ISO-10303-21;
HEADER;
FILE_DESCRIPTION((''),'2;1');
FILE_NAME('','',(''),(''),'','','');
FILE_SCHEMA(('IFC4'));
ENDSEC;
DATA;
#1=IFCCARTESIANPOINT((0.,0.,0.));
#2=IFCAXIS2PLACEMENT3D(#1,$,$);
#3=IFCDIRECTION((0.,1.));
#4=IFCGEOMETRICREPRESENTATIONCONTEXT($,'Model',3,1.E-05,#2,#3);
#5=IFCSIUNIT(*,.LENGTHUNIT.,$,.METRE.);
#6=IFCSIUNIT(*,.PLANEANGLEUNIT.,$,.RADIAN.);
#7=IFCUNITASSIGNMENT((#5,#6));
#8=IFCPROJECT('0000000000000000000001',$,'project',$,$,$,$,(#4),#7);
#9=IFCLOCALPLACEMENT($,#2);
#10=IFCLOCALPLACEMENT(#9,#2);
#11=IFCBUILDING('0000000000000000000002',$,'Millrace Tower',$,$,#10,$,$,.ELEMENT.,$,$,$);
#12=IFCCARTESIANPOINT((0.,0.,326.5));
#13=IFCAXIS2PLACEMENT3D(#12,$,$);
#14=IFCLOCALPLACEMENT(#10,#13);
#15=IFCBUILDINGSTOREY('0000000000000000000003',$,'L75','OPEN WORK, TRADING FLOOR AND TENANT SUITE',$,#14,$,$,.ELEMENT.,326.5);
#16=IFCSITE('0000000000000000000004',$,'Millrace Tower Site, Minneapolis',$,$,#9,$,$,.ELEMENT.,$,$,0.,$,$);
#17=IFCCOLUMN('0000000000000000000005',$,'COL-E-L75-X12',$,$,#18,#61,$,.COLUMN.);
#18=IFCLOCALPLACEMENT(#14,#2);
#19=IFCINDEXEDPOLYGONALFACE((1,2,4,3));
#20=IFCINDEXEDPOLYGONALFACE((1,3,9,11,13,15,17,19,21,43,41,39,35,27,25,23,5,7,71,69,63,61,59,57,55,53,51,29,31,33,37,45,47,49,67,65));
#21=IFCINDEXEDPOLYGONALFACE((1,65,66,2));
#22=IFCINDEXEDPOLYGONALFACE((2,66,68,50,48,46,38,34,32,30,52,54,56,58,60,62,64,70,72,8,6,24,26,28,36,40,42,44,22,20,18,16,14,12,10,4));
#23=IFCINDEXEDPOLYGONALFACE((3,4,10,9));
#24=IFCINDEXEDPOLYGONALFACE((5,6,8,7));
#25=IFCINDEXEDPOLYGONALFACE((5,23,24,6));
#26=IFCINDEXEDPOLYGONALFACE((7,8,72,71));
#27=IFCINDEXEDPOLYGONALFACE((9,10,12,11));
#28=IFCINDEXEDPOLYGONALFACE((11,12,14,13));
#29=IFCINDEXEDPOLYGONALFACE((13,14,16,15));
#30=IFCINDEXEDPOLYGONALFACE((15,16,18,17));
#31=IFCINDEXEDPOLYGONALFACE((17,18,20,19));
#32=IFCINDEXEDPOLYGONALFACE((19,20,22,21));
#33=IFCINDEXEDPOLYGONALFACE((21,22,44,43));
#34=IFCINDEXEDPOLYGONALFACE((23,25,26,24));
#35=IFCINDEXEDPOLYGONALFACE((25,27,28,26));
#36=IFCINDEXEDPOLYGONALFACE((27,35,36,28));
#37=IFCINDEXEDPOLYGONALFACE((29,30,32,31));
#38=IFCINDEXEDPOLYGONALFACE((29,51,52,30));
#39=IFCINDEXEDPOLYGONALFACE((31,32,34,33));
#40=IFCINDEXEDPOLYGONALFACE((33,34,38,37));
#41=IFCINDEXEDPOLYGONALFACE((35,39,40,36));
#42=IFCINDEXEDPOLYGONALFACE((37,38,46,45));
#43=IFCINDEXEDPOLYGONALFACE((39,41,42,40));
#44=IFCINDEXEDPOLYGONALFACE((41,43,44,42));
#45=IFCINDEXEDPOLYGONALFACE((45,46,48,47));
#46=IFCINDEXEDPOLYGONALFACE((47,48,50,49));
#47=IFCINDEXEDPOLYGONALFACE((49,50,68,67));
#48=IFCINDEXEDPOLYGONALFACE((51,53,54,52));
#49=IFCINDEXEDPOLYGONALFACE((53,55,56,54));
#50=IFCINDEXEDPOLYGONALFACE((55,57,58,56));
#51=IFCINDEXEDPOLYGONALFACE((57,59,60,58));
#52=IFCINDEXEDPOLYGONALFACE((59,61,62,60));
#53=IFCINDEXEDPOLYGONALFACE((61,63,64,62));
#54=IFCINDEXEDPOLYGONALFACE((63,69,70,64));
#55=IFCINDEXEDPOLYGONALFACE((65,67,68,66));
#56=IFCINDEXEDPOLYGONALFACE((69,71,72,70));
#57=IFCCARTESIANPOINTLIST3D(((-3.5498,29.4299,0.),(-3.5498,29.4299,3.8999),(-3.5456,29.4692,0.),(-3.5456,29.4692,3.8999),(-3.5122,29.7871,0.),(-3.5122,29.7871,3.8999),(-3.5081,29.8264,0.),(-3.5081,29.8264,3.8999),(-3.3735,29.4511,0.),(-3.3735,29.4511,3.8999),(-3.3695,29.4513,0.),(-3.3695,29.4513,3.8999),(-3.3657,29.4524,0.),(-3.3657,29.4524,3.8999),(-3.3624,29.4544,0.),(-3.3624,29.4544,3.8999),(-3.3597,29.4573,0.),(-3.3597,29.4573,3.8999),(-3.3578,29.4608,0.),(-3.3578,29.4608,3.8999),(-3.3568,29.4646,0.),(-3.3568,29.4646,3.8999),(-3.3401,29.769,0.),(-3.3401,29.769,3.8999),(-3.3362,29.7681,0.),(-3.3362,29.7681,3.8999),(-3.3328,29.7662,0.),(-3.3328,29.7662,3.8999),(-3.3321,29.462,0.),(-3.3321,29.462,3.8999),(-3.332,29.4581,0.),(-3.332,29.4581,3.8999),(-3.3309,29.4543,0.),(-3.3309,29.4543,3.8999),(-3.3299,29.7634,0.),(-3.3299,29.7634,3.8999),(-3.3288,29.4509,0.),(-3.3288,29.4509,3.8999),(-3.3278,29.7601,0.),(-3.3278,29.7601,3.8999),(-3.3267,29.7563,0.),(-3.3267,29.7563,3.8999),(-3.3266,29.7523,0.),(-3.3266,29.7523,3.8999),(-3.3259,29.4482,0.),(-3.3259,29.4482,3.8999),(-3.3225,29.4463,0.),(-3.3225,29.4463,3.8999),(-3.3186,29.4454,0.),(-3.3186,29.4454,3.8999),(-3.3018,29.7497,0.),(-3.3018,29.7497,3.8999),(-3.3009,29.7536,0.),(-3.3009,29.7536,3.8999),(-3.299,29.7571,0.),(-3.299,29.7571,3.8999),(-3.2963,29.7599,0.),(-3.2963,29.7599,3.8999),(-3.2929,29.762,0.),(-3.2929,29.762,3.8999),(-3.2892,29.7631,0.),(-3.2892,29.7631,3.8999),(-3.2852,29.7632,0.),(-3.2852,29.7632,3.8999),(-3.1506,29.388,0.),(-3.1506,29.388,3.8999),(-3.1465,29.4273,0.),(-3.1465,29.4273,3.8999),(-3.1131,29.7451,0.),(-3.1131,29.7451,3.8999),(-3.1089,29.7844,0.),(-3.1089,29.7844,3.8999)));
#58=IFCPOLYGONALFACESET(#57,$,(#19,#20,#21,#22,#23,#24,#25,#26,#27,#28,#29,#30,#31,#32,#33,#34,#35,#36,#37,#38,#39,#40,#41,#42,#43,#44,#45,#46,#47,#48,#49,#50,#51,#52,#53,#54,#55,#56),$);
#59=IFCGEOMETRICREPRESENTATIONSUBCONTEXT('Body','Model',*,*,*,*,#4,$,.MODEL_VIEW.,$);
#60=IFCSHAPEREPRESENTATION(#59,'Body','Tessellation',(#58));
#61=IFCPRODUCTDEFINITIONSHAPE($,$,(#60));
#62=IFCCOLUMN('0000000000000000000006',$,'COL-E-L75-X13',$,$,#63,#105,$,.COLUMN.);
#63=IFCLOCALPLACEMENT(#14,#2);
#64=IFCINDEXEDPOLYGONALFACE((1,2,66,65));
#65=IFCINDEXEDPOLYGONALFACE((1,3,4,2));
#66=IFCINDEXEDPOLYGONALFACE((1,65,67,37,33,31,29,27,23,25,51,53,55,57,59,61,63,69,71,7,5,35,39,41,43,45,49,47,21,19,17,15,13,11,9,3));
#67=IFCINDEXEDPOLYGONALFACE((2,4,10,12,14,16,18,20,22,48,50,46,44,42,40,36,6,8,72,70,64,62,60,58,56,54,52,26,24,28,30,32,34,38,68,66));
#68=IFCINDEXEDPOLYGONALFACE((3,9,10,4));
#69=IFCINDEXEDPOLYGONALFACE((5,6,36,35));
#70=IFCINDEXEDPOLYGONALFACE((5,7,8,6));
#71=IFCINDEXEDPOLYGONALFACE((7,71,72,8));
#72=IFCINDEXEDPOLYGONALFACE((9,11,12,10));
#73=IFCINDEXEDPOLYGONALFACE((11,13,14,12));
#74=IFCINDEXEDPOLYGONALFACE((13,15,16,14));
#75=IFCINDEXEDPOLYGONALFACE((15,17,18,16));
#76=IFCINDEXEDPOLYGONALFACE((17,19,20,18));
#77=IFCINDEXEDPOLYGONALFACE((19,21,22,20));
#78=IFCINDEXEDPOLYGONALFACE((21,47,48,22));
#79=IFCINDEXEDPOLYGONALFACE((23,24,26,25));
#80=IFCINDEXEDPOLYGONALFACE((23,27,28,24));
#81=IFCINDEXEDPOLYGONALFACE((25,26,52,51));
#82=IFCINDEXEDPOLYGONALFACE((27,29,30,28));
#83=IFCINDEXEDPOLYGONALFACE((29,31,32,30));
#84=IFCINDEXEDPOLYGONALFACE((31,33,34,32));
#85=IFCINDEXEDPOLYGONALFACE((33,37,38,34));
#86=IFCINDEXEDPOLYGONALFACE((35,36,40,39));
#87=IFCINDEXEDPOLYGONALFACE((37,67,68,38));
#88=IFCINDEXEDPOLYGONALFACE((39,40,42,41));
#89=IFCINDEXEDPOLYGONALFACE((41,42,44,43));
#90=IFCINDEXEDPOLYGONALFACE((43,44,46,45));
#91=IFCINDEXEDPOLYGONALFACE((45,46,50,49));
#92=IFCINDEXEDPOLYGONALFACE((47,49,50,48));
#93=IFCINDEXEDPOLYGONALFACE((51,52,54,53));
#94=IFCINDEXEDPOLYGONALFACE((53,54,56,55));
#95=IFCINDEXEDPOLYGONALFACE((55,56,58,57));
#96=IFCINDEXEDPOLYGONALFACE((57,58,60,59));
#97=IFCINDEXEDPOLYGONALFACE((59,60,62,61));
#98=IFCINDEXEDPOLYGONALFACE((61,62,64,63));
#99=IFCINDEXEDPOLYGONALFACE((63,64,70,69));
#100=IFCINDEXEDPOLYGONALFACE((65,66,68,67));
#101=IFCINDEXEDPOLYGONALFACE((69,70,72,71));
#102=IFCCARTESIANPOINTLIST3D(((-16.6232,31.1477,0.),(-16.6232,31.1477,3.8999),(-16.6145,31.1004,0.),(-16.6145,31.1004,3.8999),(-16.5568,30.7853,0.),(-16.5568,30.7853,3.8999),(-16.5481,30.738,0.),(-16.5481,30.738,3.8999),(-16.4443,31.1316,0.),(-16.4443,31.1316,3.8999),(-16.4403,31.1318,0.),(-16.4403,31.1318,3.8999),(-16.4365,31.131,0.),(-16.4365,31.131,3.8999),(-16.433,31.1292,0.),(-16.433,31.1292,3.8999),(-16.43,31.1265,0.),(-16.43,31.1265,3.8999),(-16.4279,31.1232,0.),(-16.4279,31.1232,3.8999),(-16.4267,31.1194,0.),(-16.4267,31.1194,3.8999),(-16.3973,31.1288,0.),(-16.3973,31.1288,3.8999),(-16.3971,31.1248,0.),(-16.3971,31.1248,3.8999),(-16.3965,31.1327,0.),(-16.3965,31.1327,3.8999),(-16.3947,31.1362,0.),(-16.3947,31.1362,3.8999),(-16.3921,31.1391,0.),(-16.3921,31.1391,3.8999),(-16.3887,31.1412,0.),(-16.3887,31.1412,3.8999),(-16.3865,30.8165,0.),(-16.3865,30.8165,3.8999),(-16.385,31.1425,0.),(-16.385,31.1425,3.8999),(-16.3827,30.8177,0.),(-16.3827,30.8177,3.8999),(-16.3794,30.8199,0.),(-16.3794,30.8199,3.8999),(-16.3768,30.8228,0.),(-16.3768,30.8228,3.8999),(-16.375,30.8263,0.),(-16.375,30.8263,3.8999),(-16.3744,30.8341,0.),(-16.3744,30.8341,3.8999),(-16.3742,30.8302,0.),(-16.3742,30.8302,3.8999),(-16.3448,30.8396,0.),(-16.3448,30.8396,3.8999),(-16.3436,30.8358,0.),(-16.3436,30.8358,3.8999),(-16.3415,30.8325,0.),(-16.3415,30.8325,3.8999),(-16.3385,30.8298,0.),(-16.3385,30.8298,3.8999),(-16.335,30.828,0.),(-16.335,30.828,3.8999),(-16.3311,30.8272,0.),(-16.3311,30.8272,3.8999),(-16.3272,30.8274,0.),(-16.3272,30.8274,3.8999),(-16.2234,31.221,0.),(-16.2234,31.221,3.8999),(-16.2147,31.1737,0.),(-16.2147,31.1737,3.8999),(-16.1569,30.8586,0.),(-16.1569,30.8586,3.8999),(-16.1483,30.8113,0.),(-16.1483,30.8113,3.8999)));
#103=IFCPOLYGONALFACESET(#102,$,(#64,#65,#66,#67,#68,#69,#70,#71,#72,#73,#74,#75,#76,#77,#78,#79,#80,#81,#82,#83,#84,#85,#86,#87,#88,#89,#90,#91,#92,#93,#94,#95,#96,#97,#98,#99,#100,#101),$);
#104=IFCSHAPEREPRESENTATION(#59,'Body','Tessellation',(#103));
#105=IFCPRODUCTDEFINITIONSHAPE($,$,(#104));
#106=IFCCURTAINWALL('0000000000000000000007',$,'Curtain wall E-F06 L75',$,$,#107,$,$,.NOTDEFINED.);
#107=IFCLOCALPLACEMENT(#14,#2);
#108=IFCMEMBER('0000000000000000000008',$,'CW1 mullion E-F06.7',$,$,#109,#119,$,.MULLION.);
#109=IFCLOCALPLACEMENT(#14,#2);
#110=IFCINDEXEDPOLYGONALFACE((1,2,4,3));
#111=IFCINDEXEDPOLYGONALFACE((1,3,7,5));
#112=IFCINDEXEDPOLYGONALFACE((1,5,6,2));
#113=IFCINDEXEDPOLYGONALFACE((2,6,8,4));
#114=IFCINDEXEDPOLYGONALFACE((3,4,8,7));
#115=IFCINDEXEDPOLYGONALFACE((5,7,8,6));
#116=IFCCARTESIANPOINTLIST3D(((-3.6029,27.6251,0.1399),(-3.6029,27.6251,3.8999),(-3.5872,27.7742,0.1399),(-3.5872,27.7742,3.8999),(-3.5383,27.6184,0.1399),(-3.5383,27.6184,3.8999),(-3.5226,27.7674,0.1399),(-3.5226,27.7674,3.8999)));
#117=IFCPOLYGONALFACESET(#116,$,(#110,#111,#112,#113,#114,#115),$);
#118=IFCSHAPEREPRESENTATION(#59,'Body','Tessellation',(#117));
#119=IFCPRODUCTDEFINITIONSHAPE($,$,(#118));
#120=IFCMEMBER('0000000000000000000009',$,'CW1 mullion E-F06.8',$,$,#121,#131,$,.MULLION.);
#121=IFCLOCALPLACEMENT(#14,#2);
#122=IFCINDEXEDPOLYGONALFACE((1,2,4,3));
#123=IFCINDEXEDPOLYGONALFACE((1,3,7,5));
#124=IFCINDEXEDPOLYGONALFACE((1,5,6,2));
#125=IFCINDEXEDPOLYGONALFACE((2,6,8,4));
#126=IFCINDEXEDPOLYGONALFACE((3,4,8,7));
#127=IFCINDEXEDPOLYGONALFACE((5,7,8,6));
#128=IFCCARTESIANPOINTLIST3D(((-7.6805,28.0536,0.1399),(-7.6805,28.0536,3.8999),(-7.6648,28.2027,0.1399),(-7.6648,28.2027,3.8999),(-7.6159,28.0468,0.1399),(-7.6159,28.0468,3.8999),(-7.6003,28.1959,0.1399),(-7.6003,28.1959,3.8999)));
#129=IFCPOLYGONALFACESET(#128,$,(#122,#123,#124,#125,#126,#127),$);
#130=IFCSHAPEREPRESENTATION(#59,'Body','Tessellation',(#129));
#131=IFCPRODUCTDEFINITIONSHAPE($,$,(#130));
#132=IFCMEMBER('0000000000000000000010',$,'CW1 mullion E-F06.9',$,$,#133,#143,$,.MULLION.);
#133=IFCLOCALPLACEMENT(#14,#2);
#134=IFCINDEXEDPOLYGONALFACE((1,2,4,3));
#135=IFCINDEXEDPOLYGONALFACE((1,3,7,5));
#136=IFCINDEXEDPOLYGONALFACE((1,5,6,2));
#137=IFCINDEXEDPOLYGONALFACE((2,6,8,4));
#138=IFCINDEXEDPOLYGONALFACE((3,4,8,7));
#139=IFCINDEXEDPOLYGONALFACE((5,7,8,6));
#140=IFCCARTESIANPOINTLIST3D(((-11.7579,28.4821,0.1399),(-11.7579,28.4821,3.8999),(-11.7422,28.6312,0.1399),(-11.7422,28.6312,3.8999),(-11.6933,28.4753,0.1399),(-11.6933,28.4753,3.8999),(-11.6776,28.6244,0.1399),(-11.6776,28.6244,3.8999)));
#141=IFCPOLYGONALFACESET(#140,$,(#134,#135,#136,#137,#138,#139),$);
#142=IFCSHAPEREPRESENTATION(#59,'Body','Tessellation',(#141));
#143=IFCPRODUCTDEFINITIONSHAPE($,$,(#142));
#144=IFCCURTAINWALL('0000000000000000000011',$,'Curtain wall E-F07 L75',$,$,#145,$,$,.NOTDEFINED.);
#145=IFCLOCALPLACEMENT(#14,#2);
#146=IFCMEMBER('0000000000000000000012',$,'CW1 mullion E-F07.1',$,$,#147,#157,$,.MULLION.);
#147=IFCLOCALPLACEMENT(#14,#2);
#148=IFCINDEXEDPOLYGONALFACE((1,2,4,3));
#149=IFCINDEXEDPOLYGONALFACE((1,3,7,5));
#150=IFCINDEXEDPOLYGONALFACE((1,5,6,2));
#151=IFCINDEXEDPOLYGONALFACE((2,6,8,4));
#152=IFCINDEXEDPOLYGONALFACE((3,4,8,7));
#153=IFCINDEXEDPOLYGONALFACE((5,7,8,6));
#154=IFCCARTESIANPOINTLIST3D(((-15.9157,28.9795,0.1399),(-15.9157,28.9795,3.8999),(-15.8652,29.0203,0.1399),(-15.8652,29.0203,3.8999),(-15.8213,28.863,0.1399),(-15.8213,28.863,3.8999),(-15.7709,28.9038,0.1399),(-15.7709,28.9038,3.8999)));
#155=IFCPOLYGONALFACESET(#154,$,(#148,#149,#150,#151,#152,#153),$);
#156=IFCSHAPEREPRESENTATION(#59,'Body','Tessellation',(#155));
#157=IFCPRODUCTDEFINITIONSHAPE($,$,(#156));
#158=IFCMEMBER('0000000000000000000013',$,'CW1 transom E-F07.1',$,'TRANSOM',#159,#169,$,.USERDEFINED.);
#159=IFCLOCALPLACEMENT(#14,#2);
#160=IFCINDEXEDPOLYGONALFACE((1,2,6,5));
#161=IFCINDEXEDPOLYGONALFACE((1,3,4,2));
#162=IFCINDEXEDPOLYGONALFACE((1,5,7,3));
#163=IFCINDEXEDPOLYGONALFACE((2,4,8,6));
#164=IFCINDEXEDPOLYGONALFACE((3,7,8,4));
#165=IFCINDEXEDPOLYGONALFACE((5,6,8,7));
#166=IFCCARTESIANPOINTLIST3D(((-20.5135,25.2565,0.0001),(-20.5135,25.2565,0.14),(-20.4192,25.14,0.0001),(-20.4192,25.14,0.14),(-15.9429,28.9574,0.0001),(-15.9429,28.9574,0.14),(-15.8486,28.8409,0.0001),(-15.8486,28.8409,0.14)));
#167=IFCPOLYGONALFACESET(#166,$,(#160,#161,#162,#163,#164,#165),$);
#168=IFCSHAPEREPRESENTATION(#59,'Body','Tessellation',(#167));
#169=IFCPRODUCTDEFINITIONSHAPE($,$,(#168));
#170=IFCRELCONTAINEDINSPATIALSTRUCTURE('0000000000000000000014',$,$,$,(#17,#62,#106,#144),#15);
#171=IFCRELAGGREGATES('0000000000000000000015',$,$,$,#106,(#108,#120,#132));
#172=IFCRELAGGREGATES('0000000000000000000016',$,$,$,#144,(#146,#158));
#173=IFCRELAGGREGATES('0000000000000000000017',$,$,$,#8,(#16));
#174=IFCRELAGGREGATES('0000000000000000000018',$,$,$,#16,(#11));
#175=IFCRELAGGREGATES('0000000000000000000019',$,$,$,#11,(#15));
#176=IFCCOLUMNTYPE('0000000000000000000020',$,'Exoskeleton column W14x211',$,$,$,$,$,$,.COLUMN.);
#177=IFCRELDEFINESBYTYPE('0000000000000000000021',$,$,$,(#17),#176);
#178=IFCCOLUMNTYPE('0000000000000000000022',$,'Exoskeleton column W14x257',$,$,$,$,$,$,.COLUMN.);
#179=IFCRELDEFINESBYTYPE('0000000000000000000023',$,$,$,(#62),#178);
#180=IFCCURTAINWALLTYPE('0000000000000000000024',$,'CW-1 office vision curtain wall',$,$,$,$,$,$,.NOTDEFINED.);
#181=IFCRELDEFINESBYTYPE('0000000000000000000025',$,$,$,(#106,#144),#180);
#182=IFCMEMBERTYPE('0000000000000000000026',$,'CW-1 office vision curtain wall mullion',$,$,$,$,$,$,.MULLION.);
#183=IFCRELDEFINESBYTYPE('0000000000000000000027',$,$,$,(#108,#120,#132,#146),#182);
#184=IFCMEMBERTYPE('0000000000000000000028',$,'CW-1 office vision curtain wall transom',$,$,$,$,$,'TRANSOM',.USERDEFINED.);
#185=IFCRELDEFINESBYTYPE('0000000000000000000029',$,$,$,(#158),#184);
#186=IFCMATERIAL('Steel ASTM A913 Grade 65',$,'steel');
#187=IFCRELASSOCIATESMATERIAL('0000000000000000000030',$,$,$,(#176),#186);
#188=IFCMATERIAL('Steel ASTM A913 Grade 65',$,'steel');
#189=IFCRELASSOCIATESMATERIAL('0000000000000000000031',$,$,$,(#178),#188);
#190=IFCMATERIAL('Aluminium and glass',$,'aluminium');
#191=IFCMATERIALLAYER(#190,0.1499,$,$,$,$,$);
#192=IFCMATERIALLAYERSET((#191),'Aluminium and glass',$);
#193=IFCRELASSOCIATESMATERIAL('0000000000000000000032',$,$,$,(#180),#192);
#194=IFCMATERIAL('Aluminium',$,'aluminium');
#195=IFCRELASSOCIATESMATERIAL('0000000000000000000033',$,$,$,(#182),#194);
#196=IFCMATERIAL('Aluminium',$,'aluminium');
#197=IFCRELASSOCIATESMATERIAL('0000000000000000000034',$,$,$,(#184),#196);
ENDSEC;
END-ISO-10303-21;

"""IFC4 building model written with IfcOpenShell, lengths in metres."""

from ifc_helpers import new_model, si_unit, direction, frame, origin, origin_2d, place, context, subcontext, project, spatial, rectangle, i_section, extrude, material, layer, layer_set, material_profile, profile_set, type_object, element, aggregate, save


model = new_model("IFC4")

# Units and contexts
model_context = context("Model", 3, precision=1e-05, world=origin(), true_north=direction((0.0, 1.0)))
body_context = subcontext(model_context, "Body", "Model", "MODEL_VIEW")
ifc_project = project(units=[si_unit("LENGTHUNIT", "METRE"), si_unit("PLANEANGLEUNIT", "RADIAN")], contexts=[model_context])

# Site, building, storey
site_placement = place(None, origin())
site = spatial("IfcSite", under=ifc_project, at=site_placement, Name="Millrace Tower Site, Minneapolis", CompositionType="ELEMENT", RefElevation=0.0)
building_placement = place(site_placement, origin())
building = spatial("IfcBuilding", under=site, at=building_placement, Name="Millrace Tower", CompositionType="ELEMENT")
storey_placement = place(building_placement, frame((0.0, 0.0, 326.5)))
storey = spatial("IfcBuildingStorey", under=building, at=storey_placement, Name="L75", Description="OPEN WORK, TRADING FLOOR AND TENANT SUITE", CompositionType="ELEMENT", Elevation=326.5)

# Columns
ifc_material_1 = material(Name="Steel ASTM A913 Grade 65", Category="steel")
ifc_material_profile_1 = material_profile(ifc_material_1, i_section(OverallWidth=0.4014, OverallDepth=0.3987, WebThickness=0.0249, FlangeThickness=0.0396, FilletRadius=0.0151, at=origin_2d()))
ifc_profile_set_1 = profile_set([ifc_material_profile_1], Name="Steel ASTM A913 Grade 65")
column_type_1 = type_object("IfcColumnType", Name="Exoskeleton column W14x211", PredefinedType="COLUMN", material=ifc_profile_set_1)
column_1_placement = place(storey_placement, frame((-3.3293, 29.6072, 0.0), z_axis=(0.0, 0.0, 1.0), x_axis=(-0.994522, 0.104528, 0.0)))
element("IfcColumn", 1, at=column_1_placement, inside=storey, type_object=column_type_1, Name="COL-E-L75-X12", PredefinedType="COLUMN", context=body_context, shape_type="SweptSolid", body=[
    extrude(i_section(OverallWidth=0.4014, OverallDepth=0.3987, WebThickness=0.0249, FlangeThickness=0.0396, FilletRadius=0.0151, at=origin_2d()), origin(), (0.0, 0.0, 1.0), 3.8999),
])
ifc_material_2 = material(Name="Steel ASTM A913 Grade 65", Category="steel")
ifc_material_profile_2 = material_profile(ifc_material_2, i_section(OverallWidth=0.4065, OverallDepth=0.4165, WebThickness=0.03, FlangeThickness=0.0481, FilletRadius=0.0151, at=origin_2d()))
ifc_profile_set_2 = profile_set([ifc_material_profile_2], Name="Steel ASTM A913 Grade 65")
column_type_2 = type_object("IfcColumnType", Name="Exoskeleton column W14x257", PredefinedType="COLUMN", material=ifc_profile_set_2)
column_2_placement = place(storey_placement, frame((-16.3857, 30.9795, 0.0), z_axis=(0.0, 0.0, 1.0), x_axis=(-0.983596, -0.180387, 0.0)))
element("IfcColumn", 2, at=column_2_placement, inside=storey, type_object=column_type_2, Name="COL-E-L75-X13", PredefinedType="COLUMN", context=body_context, shape_type="SweptSolid", body=[
    extrude(i_section(OverallWidth=0.4065, OverallDepth=0.4165, WebThickness=0.03, FlangeThickness=0.0481, FilletRadius=0.0151, at=origin_2d()), origin(), (0.0, 0.0, 1.0), 3.8999),
])

# Curtain walls, members
ifc_material_3 = material(Name="Aluminium and glass", Category="aluminium")
ifc_layer_1 = layer(ifc_material_3, 0.1499)
ifc_layer_set_1 = layer_set([ifc_layer_1], Name="Aluminium and glass")
curtain_wall_type = type_object("IfcCurtainWallType", Name="CW-1 office vision curtain wall", PredefinedType="NOTDEFINED", material=ifc_layer_set_1)
placement = place(storey_placement, origin())
curtain_wall_1 = element("IfcCurtainWall", 3, at=placement, inside=storey, type_object=curtain_wall_type, Name="Curtain wall E-F06 L75", PredefinedType="NOTDEFINED")
ifc_material_4 = material(Name="Aluminium", Category="aluminium")
ifc_material_profile_3 = material_profile(ifc_material_4, rectangle(XDim=0.0649, YDim=0.1499, at=origin_2d()))
ifc_profile_set_3 = profile_set([ifc_material_profile_3], Name="Aluminium")
member_type_1 = type_object("IfcMemberType", Name="CW-1 office vision curtain wall mullion", PredefinedType="MULLION", material=ifc_profile_set_3)
member_1_placement = place(storey_placement, frame((-3.5627, 27.6963, 0.1399), z_axis=(0.0, 0.0, 1.0), x_axis=(-0.994522, 0.104528, 0.0)))
member_1 = element("IfcMember", 4, at=member_1_placement, type_object=member_type_1, Name="CW1 mullion E-F06.7", PredefinedType="MULLION", context=body_context, shape_type="SweptSolid", body=[
    extrude(rectangle(XDim=0.0649, YDim=0.1499, at=origin_2d()), origin(), (0.0, 0.0, 1.0), 3.76),
])
member_2_placement = place(storey_placement, frame((-7.6404, 28.1248, 0.1399), z_axis=(0.0, 0.0, 1.0), x_axis=(-0.994522, 0.104528, 0.0)))
member_2 = element("IfcMember", 5, at=member_2_placement, type_object=member_type_1, Name="CW1 mullion E-F06.8", PredefinedType="MULLION", context=body_context, shape_type="SweptSolid", body=[
    extrude(rectangle(XDim=0.0649, YDim=0.1499, at=origin_2d()), origin(), (0.0, 0.0, 1.0), 3.76),
])
member_3_placement = place(storey_placement, frame((-11.7178, 28.5532, 0.1399), z_axis=(0.0, 0.0, 1.0), x_axis=(-0.994522, 0.104528, 0.0)))
member_3 = element("IfcMember", 6, at=member_3_placement, type_object=member_type_1, Name="CW1 mullion E-F06.9", PredefinedType="MULLION", context=body_context, shape_type="SweptSolid", body=[
    extrude(rectangle(XDim=0.0649, YDim=0.1499, at=origin_2d()), origin(), (0.0, 0.0, 1.0), 3.76),
])
aggregate(curtain_wall_1, [member_1, member_2, member_3])
curtain_wall_2 = element("IfcCurtainWall", 7, at=placement, inside=storey, type_object=curtain_wall_type, Name="Curtain wall E-F07 L75", PredefinedType="NOTDEFINED")
member_4_placement = place(storey_placement, frame((-15.8433, 28.9417, 0.1399), z_axis=(0.0, 0.0, 1.0), x_axis=(-0.777146, -0.62932, 0.0)))
member_4 = element("IfcMember", 8, at=member_4_placement, type_object=member_type_1, Name="CW1 mullion E-F07.1", PredefinedType="MULLION", context=body_context, shape_type="SweptSolid", body=[
    extrude(rectangle(XDim=0.0649, YDim=0.1499, at=origin_2d()), origin(), (0.0, 0.0, 1.0), 3.76),
])
ifc_material_5 = material(Name="Aluminium", Category="aluminium")
ifc_material_profile_4 = material_profile(ifc_material_5, rectangle(XDim=0.1499, YDim=0.1399, at=origin_2d()))
ifc_profile_set_4 = profile_set([ifc_material_profile_4], Name="Aluminium")
member_type_2 = type_object("IfcMemberType", Name="CW-1 office vision curtain wall transom", ElementType="TRANSOM", PredefinedType="USERDEFINED", material=ifc_profile_set_4)
member_5_placement = place(storey_placement, frame((-15.8958, 28.8992, 0.0701), z_axis=(-0.777166, -0.629296, 0.0), x_axis=(0.629296, -0.777166, 0.0)))
member_5 = element("IfcMember", 9, at=member_5_placement, type_object=member_type_2, Name="CW1 transom E-F07.1", ObjectType="TRANSOM", PredefinedType="USERDEFINED", context=body_context, shape_type="SweptSolid", body=[
    extrude(rectangle(XDim=0.1499, YDim=0.1399, at=origin_2d()), origin(), (0.0, 0.0, 1.0), 5.8811),
])
aggregate(curtain_wall_2, [member_4, member_5])

save(model, "model.ifc")
